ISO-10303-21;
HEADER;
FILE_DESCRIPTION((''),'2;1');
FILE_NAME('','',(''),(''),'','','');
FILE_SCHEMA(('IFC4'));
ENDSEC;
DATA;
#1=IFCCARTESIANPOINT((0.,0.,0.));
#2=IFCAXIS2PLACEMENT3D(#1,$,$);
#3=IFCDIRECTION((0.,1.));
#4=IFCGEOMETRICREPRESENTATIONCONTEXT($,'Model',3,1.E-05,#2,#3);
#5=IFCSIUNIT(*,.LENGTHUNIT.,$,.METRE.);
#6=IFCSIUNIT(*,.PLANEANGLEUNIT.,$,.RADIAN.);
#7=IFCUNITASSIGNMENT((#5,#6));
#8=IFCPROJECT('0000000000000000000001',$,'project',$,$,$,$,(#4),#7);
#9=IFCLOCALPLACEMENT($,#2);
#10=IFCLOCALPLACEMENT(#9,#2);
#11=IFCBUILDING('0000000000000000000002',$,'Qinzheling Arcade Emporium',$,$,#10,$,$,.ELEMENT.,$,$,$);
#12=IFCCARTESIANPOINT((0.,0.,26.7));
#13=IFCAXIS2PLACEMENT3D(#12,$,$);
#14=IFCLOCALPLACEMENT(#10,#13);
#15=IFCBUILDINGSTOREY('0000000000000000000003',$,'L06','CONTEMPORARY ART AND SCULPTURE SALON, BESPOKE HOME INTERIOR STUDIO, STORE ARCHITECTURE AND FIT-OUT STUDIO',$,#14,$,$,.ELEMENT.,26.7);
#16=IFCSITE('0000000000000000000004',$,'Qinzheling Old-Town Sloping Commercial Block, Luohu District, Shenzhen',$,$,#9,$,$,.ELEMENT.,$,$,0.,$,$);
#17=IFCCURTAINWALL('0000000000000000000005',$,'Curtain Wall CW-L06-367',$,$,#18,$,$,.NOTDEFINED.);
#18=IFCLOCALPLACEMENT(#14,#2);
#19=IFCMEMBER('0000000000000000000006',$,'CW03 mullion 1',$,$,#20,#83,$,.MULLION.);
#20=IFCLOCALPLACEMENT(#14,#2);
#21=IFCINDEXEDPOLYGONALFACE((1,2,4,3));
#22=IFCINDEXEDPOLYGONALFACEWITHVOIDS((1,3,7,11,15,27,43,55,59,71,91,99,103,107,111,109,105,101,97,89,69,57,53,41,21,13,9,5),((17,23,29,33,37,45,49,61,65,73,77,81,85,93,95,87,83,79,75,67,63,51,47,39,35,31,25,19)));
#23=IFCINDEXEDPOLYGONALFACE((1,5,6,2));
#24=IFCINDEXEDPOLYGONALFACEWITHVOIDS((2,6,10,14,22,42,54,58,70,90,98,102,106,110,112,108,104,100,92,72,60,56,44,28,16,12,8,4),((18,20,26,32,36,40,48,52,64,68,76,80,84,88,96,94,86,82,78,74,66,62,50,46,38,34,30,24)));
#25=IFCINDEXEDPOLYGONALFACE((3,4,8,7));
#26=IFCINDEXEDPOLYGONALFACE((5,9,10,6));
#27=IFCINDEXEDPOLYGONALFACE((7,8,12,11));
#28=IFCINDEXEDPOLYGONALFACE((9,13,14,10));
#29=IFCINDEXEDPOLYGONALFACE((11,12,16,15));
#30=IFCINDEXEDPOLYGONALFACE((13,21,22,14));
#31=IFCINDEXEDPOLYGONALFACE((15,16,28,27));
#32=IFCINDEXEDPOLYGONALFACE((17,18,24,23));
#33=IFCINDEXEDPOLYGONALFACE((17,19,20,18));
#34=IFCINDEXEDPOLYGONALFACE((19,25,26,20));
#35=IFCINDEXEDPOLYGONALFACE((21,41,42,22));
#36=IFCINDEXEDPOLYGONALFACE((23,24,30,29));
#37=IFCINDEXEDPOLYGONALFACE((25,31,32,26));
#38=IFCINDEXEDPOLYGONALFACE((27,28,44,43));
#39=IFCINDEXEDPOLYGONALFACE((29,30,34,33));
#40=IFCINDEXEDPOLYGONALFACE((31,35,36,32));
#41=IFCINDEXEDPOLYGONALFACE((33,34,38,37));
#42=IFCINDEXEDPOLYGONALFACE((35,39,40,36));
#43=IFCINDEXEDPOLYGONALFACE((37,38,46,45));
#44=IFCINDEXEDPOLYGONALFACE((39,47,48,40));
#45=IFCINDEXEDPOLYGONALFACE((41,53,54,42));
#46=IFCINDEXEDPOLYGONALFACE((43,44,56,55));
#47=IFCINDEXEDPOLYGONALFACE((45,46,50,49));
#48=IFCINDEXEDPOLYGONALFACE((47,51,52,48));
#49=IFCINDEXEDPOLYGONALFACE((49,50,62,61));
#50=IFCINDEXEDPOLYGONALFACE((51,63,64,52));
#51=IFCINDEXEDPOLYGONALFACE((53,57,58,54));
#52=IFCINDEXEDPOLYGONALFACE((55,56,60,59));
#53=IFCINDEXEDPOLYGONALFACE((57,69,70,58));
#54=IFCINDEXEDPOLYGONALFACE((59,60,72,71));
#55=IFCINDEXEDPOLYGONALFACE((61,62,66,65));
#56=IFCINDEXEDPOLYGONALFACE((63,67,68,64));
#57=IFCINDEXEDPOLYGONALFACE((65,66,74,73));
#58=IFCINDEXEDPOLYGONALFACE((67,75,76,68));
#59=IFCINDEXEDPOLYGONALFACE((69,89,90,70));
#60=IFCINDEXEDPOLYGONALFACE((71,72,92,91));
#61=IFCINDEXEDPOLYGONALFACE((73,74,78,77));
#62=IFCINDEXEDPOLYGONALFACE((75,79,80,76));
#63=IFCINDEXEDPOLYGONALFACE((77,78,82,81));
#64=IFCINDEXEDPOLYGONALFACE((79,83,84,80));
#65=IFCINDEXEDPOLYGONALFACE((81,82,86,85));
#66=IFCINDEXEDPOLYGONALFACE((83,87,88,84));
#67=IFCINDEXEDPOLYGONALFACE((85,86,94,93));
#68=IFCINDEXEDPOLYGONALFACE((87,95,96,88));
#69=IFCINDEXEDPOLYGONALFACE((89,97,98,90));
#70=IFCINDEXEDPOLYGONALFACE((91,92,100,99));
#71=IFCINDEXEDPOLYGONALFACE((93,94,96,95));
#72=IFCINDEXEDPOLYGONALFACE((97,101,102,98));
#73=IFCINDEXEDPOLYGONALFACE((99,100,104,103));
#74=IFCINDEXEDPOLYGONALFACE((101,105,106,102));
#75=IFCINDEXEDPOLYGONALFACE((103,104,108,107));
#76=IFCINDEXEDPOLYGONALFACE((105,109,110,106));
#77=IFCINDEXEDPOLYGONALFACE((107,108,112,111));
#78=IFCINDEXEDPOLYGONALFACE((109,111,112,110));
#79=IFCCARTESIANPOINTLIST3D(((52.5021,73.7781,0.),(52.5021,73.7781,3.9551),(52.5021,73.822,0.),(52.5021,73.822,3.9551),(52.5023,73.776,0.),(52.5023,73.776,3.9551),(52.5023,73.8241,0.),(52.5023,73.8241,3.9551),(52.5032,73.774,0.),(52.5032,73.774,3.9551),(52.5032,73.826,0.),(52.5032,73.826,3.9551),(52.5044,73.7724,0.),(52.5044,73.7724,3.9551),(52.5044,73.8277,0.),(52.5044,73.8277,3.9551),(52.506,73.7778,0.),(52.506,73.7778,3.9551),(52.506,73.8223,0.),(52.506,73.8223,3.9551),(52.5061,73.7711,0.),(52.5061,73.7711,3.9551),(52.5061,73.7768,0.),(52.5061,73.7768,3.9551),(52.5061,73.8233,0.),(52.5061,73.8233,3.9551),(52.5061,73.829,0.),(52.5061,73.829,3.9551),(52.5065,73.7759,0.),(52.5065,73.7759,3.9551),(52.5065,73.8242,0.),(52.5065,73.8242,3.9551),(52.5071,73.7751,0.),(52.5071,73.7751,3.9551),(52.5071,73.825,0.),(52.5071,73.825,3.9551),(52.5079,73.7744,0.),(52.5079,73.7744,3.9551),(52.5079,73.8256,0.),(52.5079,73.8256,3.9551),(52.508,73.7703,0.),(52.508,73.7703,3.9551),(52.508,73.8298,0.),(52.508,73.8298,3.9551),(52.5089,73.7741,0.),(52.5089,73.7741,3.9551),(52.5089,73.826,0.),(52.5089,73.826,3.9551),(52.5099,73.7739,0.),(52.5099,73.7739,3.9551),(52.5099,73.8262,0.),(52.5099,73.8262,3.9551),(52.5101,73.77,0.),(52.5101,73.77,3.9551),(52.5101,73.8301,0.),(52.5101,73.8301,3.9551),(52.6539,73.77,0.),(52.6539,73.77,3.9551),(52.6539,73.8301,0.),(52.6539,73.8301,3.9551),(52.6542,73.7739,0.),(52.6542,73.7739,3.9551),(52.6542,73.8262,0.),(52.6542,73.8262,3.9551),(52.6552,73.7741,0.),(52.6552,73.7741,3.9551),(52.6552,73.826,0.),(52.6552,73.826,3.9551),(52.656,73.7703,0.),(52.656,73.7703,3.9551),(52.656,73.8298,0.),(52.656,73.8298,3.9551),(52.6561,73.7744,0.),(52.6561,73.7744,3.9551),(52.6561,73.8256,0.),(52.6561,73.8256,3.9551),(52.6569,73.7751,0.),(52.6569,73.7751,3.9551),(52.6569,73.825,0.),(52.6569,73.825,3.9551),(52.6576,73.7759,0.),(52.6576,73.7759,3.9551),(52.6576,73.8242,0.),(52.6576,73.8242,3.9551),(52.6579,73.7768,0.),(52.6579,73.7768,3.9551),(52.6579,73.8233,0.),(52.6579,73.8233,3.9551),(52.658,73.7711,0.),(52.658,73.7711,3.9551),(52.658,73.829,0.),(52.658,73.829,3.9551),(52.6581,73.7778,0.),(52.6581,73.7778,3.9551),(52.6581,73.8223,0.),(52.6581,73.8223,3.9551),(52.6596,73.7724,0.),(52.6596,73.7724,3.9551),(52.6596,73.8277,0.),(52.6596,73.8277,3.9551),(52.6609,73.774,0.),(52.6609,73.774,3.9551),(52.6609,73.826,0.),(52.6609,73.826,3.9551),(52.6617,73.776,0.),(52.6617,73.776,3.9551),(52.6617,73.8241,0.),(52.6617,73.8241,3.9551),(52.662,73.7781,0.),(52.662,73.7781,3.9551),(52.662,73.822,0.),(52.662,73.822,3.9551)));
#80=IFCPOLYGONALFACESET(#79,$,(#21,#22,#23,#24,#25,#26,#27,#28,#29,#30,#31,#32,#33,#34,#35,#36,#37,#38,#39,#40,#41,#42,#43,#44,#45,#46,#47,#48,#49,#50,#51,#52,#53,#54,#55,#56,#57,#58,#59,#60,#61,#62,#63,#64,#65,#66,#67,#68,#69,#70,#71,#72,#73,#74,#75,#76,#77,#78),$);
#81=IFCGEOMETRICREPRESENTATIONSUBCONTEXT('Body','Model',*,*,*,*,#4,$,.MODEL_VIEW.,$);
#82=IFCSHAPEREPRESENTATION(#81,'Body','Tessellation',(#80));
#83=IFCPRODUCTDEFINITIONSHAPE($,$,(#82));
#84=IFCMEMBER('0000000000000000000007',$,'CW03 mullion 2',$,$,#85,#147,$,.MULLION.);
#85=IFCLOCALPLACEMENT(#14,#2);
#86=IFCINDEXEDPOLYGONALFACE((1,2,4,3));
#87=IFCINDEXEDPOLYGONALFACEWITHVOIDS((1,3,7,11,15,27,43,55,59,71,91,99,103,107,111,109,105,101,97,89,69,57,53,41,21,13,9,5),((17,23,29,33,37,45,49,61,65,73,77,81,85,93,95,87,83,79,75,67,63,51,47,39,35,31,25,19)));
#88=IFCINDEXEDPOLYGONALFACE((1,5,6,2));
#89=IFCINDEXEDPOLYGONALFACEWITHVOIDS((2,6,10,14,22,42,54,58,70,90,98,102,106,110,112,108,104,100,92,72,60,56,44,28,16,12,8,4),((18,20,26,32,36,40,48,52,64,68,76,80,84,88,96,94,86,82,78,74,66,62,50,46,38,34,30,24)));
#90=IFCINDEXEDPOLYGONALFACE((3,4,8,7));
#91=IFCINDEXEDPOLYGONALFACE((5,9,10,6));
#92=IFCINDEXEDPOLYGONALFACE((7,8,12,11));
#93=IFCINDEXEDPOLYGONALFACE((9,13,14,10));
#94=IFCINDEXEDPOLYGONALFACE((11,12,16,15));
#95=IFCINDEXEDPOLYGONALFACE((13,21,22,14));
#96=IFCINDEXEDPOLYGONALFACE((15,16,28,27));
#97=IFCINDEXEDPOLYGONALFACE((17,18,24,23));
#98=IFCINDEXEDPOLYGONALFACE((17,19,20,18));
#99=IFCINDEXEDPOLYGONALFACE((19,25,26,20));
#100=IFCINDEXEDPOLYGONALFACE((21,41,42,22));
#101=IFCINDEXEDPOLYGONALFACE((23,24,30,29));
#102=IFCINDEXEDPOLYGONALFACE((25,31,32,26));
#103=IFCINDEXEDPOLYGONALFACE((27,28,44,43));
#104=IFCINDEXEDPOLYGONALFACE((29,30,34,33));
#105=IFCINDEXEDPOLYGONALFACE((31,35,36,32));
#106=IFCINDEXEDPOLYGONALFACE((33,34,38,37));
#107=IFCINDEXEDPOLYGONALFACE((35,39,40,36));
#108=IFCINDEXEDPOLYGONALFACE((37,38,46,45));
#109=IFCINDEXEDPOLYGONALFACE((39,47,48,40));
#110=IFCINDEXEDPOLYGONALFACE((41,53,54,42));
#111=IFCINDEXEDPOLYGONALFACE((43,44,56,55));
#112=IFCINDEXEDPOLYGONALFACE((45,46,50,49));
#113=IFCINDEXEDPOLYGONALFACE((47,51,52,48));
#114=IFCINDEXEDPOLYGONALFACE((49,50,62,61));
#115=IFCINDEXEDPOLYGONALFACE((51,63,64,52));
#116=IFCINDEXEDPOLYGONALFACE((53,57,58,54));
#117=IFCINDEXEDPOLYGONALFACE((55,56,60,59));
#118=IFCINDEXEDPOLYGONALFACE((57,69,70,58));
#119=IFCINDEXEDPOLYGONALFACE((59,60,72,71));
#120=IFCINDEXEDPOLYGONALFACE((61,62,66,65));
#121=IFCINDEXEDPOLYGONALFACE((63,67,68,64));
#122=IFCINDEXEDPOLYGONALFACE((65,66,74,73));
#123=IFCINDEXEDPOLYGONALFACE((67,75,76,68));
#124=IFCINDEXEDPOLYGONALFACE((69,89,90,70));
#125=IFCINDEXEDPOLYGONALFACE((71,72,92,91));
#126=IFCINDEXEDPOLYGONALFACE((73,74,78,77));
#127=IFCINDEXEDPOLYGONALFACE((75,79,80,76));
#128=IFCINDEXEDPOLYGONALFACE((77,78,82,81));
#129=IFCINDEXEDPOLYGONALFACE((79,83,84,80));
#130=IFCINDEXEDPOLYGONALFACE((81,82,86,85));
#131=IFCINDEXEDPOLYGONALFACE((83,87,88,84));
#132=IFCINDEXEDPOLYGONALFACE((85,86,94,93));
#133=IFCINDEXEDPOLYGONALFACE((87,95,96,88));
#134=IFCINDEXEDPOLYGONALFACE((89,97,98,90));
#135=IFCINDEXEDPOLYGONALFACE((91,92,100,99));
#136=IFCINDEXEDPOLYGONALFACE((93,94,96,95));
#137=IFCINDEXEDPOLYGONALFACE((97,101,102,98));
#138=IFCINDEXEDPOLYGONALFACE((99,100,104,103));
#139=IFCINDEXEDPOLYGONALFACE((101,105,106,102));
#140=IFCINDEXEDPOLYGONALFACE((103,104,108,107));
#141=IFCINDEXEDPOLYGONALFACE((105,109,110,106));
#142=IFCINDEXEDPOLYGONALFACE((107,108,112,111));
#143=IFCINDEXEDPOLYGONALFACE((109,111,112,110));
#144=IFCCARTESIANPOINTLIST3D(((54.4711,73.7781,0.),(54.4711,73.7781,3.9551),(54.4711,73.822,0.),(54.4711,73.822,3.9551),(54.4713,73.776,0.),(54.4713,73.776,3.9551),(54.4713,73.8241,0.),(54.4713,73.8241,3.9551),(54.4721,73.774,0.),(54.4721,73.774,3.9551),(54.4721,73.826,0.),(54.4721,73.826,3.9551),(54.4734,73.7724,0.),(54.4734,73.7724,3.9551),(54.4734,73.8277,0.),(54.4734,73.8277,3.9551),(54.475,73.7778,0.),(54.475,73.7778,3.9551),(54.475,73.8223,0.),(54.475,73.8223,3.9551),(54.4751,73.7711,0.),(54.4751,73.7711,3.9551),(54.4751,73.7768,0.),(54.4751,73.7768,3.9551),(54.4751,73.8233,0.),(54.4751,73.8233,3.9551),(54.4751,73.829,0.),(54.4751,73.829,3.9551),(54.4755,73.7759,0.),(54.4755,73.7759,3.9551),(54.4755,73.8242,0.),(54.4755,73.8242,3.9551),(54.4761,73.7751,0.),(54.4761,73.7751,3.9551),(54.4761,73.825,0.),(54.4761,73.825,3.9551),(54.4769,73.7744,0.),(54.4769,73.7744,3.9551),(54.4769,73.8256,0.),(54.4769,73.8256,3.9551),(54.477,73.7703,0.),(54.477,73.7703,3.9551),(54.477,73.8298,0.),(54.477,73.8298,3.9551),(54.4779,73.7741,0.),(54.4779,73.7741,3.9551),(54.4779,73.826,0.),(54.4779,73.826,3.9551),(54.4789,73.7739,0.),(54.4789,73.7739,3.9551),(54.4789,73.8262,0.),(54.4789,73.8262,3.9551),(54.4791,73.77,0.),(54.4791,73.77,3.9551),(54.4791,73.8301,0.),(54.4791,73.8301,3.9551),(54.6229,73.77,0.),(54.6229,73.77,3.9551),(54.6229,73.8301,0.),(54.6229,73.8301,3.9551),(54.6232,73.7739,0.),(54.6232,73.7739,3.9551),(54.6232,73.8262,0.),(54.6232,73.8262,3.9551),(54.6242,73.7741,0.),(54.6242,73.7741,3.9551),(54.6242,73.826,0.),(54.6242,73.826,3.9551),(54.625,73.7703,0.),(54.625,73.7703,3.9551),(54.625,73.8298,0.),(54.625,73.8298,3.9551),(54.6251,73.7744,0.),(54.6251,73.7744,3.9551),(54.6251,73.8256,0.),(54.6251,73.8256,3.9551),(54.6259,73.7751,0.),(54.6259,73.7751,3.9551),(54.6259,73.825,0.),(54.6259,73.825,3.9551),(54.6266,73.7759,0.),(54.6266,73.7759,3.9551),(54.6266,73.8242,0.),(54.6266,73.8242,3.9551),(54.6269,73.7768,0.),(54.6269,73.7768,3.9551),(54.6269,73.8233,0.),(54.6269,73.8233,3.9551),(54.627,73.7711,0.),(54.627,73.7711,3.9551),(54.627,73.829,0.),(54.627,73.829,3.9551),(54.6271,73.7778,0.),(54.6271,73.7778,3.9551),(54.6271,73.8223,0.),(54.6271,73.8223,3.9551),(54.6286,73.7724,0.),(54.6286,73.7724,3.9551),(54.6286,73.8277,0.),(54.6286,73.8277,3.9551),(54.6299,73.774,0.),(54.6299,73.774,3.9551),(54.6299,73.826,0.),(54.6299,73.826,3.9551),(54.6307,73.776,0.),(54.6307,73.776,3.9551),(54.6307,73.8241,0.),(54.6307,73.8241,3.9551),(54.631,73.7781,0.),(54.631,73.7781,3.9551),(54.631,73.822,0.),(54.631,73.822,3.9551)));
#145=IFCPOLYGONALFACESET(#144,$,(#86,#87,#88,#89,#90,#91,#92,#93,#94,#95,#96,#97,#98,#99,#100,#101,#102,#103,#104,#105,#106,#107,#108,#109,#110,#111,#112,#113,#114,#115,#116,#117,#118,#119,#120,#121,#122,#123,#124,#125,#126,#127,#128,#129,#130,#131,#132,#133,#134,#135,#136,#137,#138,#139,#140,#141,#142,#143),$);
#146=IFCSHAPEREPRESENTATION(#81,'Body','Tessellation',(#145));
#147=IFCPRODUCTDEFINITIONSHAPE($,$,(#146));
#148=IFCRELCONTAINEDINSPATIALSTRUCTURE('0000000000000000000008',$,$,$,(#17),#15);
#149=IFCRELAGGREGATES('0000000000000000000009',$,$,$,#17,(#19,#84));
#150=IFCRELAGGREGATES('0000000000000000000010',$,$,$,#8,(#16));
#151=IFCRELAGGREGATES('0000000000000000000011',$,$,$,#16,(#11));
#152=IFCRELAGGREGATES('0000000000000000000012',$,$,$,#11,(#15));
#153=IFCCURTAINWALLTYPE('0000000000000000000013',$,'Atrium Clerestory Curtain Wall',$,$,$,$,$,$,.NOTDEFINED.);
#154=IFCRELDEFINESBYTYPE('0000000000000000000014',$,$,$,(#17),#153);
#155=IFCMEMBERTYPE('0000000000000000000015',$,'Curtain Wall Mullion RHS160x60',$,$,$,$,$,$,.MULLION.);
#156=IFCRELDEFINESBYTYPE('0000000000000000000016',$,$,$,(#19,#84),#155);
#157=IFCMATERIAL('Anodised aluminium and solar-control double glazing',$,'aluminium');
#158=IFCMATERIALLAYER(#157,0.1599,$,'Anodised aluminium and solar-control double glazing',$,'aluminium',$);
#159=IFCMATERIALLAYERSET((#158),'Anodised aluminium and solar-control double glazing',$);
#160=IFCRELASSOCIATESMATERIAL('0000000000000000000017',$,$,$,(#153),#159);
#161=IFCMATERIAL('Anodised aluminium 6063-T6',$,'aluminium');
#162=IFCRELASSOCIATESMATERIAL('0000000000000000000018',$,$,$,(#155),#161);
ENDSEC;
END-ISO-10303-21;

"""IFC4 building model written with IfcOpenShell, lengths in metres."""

from ifc_helpers import new_model, si_unit, direction, frame, origin, origin_2d, place, context, subcontext, project, spatial, hollow_rectangle, extrude, material, layer, layer_set, material_profile, profile_set, type_object, element, aggregate, save


model = new_model("IFC4")

# Units and contexts
model_context = context("Model", 3, precision=1e-05, world=origin(), true_north=direction((0.0, 1.0)))
body_context = subcontext(model_context, "Body", "Model", "MODEL_VIEW")
ifc_project = project(units=[si_unit("LENGTHUNIT", "METRE"), si_unit("PLANEANGLEUNIT", "RADIAN")], contexts=[model_context])

# Site, building, storey
site_placement = place(None, origin())
site = spatial("IfcSite", under=ifc_project, at=site_placement, Name="Qinzheling Old-Town Sloping Commercial Block, Luohu District, Shenzhen", CompositionType="ELEMENT", RefElevation=0.0)
building_placement = place(site_placement, origin())
building = spatial("IfcBuilding", under=site, at=building_placement, Name="Qinzheling Arcade Emporium", CompositionType="ELEMENT")
storey_placement = place(building_placement, frame((0.0, 0.0, 26.7)))
storey = spatial("IfcBuildingStorey", under=building, at=storey_placement, Name="L06", Description="CONTEMPORARY ART AND SCULPTURE SALON, BESPOKE HOME INTERIOR STUDIO, STORE ARCHITECTURE AND FIT-OUT STUDIO", CompositionType="ELEMENT", Elevation=26.7)

# Curtain wall, members
ifc_material_1 = material(Name="Anodised aluminium and solar-control double glazing", Category="aluminium")
ifc_layer_1 = layer(ifc_material_1, 0.1599, Name="Anodised aluminium and solar-control double glazing", Category="aluminium")
ifc_layer_set_1 = layer_set([ifc_layer_1], Name="Anodised aluminium and solar-control double glazing")
curtain_wall_type = type_object("IfcCurtainWallType", Name="Atrium Clerestory Curtain Wall", PredefinedType="NOTDEFINED", material=ifc_layer_set_1)
ifc_material_2 = material(Name="Anodised aluminium 6063-T6", Category="aluminium")
ifc_material_profile_1 = material_profile(ifc_material_2, hollow_rectangle(XDim=0.0601, YDim=0.1599, WallThickness=0.0039, InnerFilletRadius=0.0039, OuterFilletRadius=0.0081, at=origin_2d()), Name="RHS 160x60x4", Category="aluminium")
ifc_profile_set_1 = profile_set([ifc_material_profile_1], Name="Anodised aluminium 6063-T6")
member_type_1 = type_object("IfcMemberType", Name="Curtain Wall Mullion RHS160x60", PredefinedType="MULLION", material=ifc_profile_set_1)
curtain_wall_1_placement = place(storey_placement, origin())
curtain_wall_1 = element("IfcCurtainWall", 1, at=curtain_wall_1_placement, inside=storey, type_object=curtain_wall_type, Name="Curtain Wall CW-L06-367", PredefinedType="NOTDEFINED")
member_1_placement = place(storey_placement, frame((52.582, 73.8, 0.0), z_axis=(0.0, 0.0, 1.0), x_axis=(0.0, 1.0, 0.0)))
member_1 = element("IfcMember", 2, at=member_1_placement, type_object=member_type_1, Name="CW03 mullion 1", PredefinedType="MULLION", context=body_context, shape_type="SweptSolid", body=[
    extrude(hollow_rectangle(XDim=0.0601, YDim=0.1599, WallThickness=0.0039, InnerFilletRadius=0.0039, OuterFilletRadius=0.0081, at=origin_2d()), origin(), (0.0, 0.0, 1.0), 3.9551),
])
member_2_placement = place(storey_placement, frame((54.551, 73.8, 0.0), z_axis=(0.0, 0.0, 1.0), x_axis=(0.0, 1.0, 0.0)))
member_2 = element("IfcMember", 3, at=member_2_placement, type_object=member_type_1, Name="CW03 mullion 2", PredefinedType="MULLION", context=body_context, shape_type="SweptSolid", body=[
    extrude(hollow_rectangle(XDim=0.0601, YDim=0.1599, WallThickness=0.0039, InnerFilletRadius=0.0039, OuterFilletRadius=0.0081, at=origin_2d()), origin(), (0.0, 0.0, 1.0), 3.9551),
])

aggregate(curtain_wall_1, [member_1, member_2])

save(model, "model.ifc")
